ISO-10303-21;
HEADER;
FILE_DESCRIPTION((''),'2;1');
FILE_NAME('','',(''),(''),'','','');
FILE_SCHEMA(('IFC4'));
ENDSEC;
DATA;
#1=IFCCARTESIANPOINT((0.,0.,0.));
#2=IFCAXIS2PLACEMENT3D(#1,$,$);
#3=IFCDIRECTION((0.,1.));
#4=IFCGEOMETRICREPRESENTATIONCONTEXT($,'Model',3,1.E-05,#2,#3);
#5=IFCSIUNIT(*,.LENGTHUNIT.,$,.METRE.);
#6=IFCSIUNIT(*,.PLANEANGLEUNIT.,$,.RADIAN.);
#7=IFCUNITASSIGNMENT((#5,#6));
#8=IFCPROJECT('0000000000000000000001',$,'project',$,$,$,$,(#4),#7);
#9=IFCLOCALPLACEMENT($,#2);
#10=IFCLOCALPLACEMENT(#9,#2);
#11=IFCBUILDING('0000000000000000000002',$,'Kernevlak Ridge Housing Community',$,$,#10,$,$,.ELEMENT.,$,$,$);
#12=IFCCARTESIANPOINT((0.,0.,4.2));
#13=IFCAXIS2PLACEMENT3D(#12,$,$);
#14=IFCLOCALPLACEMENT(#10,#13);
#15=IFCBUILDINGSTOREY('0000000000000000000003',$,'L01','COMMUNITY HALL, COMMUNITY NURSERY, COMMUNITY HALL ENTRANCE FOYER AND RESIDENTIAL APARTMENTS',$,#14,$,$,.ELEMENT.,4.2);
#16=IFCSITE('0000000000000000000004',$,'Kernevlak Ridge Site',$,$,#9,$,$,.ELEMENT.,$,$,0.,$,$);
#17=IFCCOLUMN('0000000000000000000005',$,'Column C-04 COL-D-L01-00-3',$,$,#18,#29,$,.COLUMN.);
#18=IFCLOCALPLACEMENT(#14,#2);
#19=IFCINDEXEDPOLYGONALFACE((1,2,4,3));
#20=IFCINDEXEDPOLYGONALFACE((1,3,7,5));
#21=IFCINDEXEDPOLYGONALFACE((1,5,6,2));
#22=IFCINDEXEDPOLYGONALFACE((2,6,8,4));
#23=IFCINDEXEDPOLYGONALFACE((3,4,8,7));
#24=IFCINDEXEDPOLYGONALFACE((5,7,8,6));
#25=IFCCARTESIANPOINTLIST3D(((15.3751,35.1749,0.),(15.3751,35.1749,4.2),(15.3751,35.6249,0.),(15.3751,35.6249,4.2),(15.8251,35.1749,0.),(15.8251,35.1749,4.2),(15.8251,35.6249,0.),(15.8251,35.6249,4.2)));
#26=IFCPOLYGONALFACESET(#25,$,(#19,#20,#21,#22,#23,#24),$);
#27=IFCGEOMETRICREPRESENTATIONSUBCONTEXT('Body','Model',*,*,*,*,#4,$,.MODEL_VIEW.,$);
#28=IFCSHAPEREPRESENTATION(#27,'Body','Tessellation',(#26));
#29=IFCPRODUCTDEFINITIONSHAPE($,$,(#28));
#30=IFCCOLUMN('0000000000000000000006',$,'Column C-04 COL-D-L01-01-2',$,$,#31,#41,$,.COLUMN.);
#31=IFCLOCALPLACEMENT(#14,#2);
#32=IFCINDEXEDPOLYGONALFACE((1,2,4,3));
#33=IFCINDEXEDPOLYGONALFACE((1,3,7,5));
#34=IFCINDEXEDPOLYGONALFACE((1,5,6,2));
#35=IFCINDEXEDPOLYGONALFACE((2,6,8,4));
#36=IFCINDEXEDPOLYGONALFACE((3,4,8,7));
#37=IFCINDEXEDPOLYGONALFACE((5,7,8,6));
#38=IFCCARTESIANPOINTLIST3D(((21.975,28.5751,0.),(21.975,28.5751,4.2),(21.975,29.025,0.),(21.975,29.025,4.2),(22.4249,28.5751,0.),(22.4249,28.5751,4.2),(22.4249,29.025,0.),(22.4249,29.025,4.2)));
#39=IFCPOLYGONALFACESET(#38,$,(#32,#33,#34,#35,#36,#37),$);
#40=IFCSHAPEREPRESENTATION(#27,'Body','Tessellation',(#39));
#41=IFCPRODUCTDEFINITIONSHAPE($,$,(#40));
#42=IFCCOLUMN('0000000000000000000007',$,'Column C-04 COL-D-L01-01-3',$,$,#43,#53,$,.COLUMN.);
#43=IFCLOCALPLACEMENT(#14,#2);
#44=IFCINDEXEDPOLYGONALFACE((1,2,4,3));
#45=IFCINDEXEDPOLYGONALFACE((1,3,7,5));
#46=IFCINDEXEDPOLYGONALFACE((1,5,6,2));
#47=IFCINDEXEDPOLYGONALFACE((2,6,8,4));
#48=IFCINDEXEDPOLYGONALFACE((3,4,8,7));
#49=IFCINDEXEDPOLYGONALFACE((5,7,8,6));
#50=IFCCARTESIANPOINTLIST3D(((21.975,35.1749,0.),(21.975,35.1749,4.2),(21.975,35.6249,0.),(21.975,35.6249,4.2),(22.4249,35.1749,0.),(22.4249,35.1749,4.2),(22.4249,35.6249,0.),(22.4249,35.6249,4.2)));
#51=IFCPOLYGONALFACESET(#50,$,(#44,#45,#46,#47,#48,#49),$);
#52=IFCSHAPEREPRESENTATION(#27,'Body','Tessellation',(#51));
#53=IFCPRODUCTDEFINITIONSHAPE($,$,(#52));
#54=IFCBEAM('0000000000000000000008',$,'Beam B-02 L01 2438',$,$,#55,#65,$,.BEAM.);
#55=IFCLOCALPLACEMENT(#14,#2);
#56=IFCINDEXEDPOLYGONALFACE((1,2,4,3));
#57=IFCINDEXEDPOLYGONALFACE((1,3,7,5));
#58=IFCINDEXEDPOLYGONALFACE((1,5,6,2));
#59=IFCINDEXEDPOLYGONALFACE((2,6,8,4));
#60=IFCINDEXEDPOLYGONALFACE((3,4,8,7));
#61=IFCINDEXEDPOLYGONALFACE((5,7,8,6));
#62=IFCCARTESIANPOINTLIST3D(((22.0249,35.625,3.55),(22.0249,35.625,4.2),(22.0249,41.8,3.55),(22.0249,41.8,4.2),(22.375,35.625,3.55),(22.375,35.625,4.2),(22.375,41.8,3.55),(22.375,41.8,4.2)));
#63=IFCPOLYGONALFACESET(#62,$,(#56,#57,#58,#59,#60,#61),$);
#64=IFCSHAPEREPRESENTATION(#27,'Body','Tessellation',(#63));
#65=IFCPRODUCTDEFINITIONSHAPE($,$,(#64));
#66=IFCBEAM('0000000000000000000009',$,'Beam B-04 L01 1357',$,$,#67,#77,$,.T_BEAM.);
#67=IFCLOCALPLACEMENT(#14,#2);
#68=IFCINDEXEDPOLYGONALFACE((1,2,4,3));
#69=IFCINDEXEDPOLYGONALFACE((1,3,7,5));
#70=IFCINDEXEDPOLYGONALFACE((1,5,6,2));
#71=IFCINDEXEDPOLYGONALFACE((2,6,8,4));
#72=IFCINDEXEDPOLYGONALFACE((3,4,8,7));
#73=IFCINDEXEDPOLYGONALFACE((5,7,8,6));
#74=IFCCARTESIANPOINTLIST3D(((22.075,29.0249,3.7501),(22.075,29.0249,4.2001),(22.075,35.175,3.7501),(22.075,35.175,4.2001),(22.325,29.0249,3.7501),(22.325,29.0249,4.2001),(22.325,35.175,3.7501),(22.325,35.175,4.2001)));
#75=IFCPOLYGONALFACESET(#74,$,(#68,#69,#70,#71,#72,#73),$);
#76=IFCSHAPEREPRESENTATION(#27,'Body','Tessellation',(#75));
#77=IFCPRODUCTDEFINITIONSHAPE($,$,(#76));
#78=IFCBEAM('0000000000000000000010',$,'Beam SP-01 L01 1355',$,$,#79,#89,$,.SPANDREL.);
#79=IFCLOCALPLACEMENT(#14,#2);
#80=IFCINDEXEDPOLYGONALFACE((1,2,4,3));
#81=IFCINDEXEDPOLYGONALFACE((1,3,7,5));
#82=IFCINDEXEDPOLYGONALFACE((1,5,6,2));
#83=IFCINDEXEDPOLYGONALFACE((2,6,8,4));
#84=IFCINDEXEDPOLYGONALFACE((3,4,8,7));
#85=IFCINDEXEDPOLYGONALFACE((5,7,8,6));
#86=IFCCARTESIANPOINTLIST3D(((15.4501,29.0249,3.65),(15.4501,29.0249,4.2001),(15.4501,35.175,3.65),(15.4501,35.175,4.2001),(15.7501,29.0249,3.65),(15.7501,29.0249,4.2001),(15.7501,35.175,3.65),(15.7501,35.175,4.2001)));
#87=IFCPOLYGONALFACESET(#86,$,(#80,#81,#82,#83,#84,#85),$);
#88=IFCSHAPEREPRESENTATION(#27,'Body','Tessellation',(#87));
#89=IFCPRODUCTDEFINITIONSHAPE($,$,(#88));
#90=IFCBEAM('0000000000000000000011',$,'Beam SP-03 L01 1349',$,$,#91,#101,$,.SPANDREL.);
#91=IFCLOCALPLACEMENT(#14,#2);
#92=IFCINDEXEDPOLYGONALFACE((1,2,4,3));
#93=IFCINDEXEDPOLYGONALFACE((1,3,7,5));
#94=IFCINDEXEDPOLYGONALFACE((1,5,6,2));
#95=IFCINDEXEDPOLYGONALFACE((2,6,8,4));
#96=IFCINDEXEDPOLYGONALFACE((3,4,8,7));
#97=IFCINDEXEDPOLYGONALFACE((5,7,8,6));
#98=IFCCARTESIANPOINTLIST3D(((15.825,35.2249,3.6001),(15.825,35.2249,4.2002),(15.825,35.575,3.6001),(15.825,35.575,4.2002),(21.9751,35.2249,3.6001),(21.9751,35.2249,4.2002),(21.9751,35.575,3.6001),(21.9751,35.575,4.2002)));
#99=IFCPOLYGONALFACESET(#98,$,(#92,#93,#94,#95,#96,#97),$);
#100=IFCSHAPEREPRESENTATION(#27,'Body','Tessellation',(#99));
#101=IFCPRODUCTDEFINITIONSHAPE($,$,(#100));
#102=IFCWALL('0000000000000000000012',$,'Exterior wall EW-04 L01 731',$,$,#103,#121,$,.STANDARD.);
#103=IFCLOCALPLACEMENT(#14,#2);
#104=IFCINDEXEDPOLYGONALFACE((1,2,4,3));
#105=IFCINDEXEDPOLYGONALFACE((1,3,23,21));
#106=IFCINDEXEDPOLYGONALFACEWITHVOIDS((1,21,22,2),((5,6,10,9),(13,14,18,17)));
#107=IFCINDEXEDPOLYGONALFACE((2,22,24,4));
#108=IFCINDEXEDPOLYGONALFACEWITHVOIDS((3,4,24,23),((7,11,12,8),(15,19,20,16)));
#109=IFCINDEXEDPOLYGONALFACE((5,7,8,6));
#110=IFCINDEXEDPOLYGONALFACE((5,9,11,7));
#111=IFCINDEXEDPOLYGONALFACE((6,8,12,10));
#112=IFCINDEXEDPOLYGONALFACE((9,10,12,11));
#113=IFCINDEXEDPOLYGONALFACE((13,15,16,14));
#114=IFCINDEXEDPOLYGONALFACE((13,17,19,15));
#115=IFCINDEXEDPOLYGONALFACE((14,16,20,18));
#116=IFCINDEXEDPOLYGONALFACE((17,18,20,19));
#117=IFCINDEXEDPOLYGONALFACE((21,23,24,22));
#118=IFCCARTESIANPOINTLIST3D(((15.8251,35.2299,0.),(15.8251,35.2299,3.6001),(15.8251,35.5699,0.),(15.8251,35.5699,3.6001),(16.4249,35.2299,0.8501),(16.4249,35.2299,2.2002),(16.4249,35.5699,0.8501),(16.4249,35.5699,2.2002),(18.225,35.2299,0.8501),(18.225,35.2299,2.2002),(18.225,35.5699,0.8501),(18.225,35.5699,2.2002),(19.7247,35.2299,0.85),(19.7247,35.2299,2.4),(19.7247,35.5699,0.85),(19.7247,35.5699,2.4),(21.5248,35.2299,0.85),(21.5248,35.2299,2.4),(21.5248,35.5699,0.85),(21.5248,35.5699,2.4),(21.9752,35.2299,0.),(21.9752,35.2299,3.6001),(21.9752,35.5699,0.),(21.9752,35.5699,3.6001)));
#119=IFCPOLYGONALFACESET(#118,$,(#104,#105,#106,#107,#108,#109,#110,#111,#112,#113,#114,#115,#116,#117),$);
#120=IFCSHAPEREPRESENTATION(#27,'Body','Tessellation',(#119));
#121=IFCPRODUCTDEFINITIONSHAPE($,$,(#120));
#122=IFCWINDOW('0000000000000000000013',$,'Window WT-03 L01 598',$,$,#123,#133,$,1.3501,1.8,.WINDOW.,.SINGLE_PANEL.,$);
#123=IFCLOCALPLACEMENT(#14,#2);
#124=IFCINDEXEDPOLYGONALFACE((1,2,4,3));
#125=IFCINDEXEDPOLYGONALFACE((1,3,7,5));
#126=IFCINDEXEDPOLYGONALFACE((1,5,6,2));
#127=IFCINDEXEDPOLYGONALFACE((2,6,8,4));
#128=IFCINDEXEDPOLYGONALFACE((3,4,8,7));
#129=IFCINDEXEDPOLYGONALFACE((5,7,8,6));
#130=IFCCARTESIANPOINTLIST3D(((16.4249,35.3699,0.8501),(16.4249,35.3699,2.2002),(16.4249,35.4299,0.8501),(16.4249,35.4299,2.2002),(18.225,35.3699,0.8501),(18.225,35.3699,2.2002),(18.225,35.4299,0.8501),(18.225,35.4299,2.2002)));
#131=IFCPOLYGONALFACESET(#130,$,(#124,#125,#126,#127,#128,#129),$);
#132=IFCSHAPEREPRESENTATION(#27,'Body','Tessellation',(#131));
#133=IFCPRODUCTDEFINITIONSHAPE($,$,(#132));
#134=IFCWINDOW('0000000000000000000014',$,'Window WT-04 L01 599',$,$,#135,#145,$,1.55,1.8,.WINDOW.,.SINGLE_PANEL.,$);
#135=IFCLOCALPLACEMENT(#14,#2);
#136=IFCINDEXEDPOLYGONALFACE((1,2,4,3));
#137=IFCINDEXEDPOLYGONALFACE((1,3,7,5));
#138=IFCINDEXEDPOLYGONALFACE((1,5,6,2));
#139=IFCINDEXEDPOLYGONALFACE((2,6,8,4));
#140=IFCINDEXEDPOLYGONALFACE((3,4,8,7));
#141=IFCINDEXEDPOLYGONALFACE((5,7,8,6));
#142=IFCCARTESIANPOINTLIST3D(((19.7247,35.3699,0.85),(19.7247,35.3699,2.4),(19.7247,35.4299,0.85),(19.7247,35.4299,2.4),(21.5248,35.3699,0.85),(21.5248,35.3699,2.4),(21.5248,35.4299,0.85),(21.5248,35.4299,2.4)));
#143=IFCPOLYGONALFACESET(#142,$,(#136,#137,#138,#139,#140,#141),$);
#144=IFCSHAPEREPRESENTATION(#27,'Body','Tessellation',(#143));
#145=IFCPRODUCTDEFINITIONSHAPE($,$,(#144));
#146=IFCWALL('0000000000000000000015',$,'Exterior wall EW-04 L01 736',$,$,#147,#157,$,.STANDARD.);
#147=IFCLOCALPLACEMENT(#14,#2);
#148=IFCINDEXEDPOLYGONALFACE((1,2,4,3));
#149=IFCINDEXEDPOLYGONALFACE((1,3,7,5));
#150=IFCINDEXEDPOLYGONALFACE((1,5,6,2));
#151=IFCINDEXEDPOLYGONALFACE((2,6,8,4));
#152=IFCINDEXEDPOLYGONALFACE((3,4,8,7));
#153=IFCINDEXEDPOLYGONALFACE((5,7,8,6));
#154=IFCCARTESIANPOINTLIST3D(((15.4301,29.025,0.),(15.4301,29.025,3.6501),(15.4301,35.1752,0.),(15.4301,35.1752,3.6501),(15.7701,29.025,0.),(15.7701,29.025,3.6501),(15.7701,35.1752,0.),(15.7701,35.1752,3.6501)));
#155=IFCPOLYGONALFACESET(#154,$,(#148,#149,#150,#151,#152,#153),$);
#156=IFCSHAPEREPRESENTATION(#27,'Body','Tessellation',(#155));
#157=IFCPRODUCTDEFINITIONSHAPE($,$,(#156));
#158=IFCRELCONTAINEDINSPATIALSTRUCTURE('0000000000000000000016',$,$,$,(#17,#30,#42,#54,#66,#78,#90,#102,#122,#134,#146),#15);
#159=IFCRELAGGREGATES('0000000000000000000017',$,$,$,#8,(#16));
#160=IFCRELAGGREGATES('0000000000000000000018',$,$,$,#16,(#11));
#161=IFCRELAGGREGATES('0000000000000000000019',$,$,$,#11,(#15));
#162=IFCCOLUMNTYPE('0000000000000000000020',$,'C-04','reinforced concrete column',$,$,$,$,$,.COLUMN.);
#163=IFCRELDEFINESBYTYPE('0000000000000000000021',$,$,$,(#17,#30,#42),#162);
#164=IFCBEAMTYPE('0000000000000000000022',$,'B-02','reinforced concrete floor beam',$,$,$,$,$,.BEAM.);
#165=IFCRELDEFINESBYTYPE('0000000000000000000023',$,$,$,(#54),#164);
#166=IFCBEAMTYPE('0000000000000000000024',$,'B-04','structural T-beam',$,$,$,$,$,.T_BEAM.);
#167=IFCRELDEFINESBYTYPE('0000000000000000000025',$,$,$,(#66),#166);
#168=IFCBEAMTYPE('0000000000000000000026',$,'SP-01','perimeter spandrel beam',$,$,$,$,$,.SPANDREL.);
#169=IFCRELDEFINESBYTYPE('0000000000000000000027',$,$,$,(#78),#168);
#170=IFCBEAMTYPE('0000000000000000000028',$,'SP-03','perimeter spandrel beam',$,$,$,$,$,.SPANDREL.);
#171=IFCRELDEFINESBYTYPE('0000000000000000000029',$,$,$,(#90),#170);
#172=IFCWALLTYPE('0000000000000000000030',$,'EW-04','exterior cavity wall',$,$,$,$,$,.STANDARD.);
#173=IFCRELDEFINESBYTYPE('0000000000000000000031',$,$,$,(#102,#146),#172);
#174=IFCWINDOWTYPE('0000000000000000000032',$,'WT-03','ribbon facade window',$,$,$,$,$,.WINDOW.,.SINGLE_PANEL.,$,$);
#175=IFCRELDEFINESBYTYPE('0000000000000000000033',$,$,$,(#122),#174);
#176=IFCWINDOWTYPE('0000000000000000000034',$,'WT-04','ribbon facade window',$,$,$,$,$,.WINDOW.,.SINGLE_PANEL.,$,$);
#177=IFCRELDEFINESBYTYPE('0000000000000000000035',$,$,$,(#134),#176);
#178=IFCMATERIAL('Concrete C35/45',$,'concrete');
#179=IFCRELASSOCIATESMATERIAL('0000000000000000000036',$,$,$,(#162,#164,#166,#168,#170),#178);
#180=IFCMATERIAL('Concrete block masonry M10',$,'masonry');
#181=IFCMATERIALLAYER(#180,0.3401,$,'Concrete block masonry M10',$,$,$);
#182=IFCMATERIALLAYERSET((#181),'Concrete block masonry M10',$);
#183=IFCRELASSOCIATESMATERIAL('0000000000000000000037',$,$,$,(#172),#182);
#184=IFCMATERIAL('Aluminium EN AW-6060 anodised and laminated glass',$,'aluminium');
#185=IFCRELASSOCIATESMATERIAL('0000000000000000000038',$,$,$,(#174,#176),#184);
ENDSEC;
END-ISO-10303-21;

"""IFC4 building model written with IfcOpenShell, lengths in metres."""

from ifc_helpers import new_model, si_unit, direction, frame, frame_2d, origin, origin_2d, place, context, subcontext, project, spatial, rectangle, extrude, material, layer, layer_set, material_profile, profile_set, type_object, element, fill, save


model = new_model("IFC4")

# Units and contexts
model_context = context("Model", 3, precision=1e-05, world=origin(), true_north=direction((0.0, 1.0)))
body_context = subcontext(model_context, "Body", "Model", "MODEL_VIEW")
ifc_project = project(units=[si_unit("LENGTHUNIT", "METRE"), si_unit("PLANEANGLEUNIT", "RADIAN")], contexts=[model_context])

# Site, building, storey
site_placement = place(None, origin())
site = spatial("IfcSite", under=ifc_project, at=site_placement, Name="Kernevlak Ridge Site", CompositionType="ELEMENT", RefElevation=0.0)
building_placement = place(site_placement, origin())
building = spatial("IfcBuilding", under=site, at=building_placement, Name="Kernevlak Ridge Housing Community", CompositionType="ELEMENT")
storey_placement = place(building_placement, frame((0.0, 0.0, 4.2)))
storey = spatial("IfcBuildingStorey", under=building, at=storey_placement, Name="L01", Description="COMMUNITY HALL, COMMUNITY NURSERY, COMMUNITY HALL ENTRANCE FOYER AND RESIDENTIAL APARTMENTS", CompositionType="ELEMENT", Elevation=4.2)

# Columns
ifc_material_1 = material(Name="Concrete C35/45", Category="concrete")
ifc_material_profile_1 = material_profile(ifc_material_1, rectangle(XDim=0.45, YDim=0.45, at=origin_2d()), Name="RC 450x450")
ifc_profile_set_1 = profile_set([ifc_material_profile_1], Name="Concrete C35/45")
column_type = type_object("IfcColumnType", Name="C-04", Description="reinforced concrete column", PredefinedType="COLUMN", material=ifc_profile_set_1)
for number, where, z_axis, x_axis, name in (
    (1, (15.6001, 35.3999, 0.0), (0.0, 0.0, 1.0), (1.0, 0.0, 0.0), "Column C-04 COL-D-L01-00-3"),
    (2, (22.2, 28.8, 0.0), (0.0, 0.0, 1.0), (1.0, 0.0, 0.0), "Column C-04 COL-D-L01-01-2"),
    (3, (22.2, 35.3999, 0.0), (0.0, 0.0, 1.0), (1.0, 0.0, 0.0), "Column C-04 COL-D-L01-01-3"),
):
    element("IfcColumn", number, at=place(storey_placement, frame(where, z_axis=z_axis, x_axis=x_axis)), inside=storey, type_object=column_type, Name=name, PredefinedType="COLUMN", context=body_context, shape_type="SweptSolid", body=[
        extrude(rectangle(XDim=0.45, YDim=0.45, at=origin_2d()), origin(), (0.0, 0.0, 1.0), 4.2),
    ])

# Beams
ifc_material_profile_2 = material_profile(ifc_material_1, rectangle(XDim=0.3501, YDim=0.6499, at=origin_2d()), Name="RC 350x650")
ifc_profile_set_2 = profile_set([ifc_material_profile_2], Name="Concrete C35/45")
beam_type_1 = type_object("IfcBeamType", Name="B-02", Description="reinforced concrete floor beam", PredefinedType="BEAM", material=ifc_profile_set_2)
beam_1_placement = place(storey_placement, frame((22.2, 35.625, 3.875), z_axis=(0.0, 1.0, 0.0), x_axis=(-1.0, 0.0, 0.0)))
element("IfcBeam", 4, at=beam_1_placement, inside=storey, type_object=beam_type_1, Name="Beam B-02 L01 2438", PredefinedType="BEAM", context=body_context, shape_type="SweptSolid", body=[
    extrude(rectangle(XDim=0.3501, YDim=0.6499, at=origin_2d()), origin(), (0.0, 0.0, 1.0), 6.175),
])
ifc_material_profile_3 = material_profile(ifc_material_1, rectangle(XDim=0.25, YDim=0.45, at=origin_2d()), Name="RC 250x450")
ifc_profile_set_3 = profile_set([ifc_material_profile_3], Name="Concrete C35/45")
beam_type_2 = type_object("IfcBeamType", Name="B-04", Description="structural T-beam", PredefinedType="T_BEAM", material=ifc_profile_set_3)
beam_2_placement = place(storey_placement, frame((22.2, 29.0249, 3.9751), z_axis=(0.0, 1.0, 0.0), x_axis=(-1.0, 0.0, 0.0)))
element("IfcBeam", 5, at=beam_2_placement, inside=storey, type_object=beam_type_2, Name="Beam B-04 L01 1357", PredefinedType="T_BEAM", context=body_context, shape_type="SweptSolid", body=[
    extrude(rectangle(XDim=0.25, YDim=0.45, at=origin_2d()), origin(), (0.0, 0.0, 1.0), 6.1501),
])
ifc_material_profile_4 = material_profile(ifc_material_1, rectangle(XDim=0.3, YDim=0.55, at=origin_2d()), Name="RC 300x550")
ifc_profile_set_4 = profile_set([ifc_material_profile_4], Name="Concrete C35/45")
beam_type_3 = type_object("IfcBeamType", Name="SP-01", Description="perimeter spandrel beam", PredefinedType="SPANDREL", material=ifc_profile_set_4)
beam_3_placement = place(storey_placement, frame((15.6001, 29.0249, 3.925), z_axis=(0.0, 1.0, 0.0), x_axis=(-1.0, 0.0, 0.0)))
element("IfcBeam", 6, at=beam_3_placement, inside=storey, type_object=beam_type_3, Name="Beam SP-01 L01 1355", PredefinedType="SPANDREL", context=body_context, shape_type="SweptSolid", body=[
    extrude(rectangle(XDim=0.3, YDim=0.55, at=origin_2d()), origin(), (0.0, 0.0, 1.0), 6.1501),
])
ifc_material_profile_5 = material_profile(ifc_material_1, rectangle(XDim=0.3501, YDim=0.6001, at=origin_2d()), Name="RC 350x600")
ifc_profile_set_5 = profile_set([ifc_material_profile_5], Name="Concrete C35/45")
beam_type_4 = type_object("IfcBeamType", Name="SP-03", Description="perimeter spandrel beam", PredefinedType="SPANDREL", material=ifc_profile_set_5)
beam_4_placement = place(storey_placement, frame((15.825, 35.3999, 3.9001), z_axis=(1.0, 0.0, 0.0), x_axis=(0.0, 1.0, 0.0)))
element("IfcBeam", 7, at=beam_4_placement, inside=storey, type_object=beam_type_4, Name="Beam SP-03 L01 1349", PredefinedType="SPANDREL", context=body_context, shape_type="SweptSolid", body=[
    extrude(rectangle(XDim=0.3501, YDim=0.6001, at=origin_2d()), origin(), (0.0, 0.0, 1.0), 6.1501),
])

# Wall, openings, windows
ifc_material_2 = material(Name="Concrete block masonry M10", Category="masonry")
ifc_layer_1 = layer(ifc_material_2, 0.3401, Name="Concrete block masonry M10")
ifc_layer_set_1 = layer_set([ifc_layer_1], Name="Concrete block masonry M10")
wall_type_1 = type_object("IfcWallType", Name="EW-04", Description="exterior cavity wall", PredefinedType="STANDARD", material=ifc_layer_set_1)
wall_1_placement = place(storey_placement, frame((15.825, 35.3999, 0.0), z_axis=(0.0, 0.0, 1.0), x_axis=(1.0, 0.0, 0.0)))
wall_1 = element("IfcWall", 8, at=wall_1_placement, inside=storey, type_object=wall_type_1, Name="Exterior wall EW-04 L01 731", PredefinedType="STANDARD", context=body_context, shape_type="SweptSolid", body=[
    extrude(rectangle(XDim=6.1501, YDim=0.3401, at=frame_2d((3.0752, 0.0))), origin(), (0.0, 0.0, 1.0), 3.6001),
])
opening_1_placement = place(wall_1_placement, frame((0.6001, 0.0, 0.8501)))
opening_1 = element("IfcOpeningElement", 9, at=opening_1_placement, cuts=wall_1, PredefinedType="OPENING", context=body_context, shape_type="SweptSolid", body=[
    extrude(rectangle(XDim=1.8, YDim=1.3501, at=frame_2d((0.8999, 0.675))), frame((0.0, 0.1799, 0.0), z_axis=(0.0, -1.0, 0.0), x_axis=(1.0, 0.0, 0.0)), (0.0, 0.0, 1.0), 0.3601),
])
opening_2_placement = place(wall_1_placement, frame((3.8999, 0.0, 0.8501)))
opening_2 = element("IfcOpeningElement", 10, at=opening_2_placement, cuts=wall_1, PredefinedType="OPENING", context=body_context, shape_type="SweptSolid", body=[
    extrude(rectangle(XDim=1.8, YDim=1.55, at=frame_2d((0.8999, 0.7749))), frame((0.0, 0.1799, 0.0), z_axis=(0.0, -1.0, 0.0), x_axis=(1.0, 0.0, 0.0)), (0.0, 0.0, 1.0), 0.3601),
])
ifc_material_3 = material(Name="Aluminium EN AW-6060 anodised and laminated glass", Category="aluminium")
window_type_1 = type_object("IfcWindowType", Name="WT-03", Description="ribbon facade window", PartitioningType="SINGLE_PANEL", PredefinedType="WINDOW", material=ifc_material_3)
window_1_placement = place(opening_1_placement, origin())
window_1 = element("IfcWindow", 11, at=window_1_placement, inside=storey, type_object=window_type_1, Name="Window WT-03 L01 598", OverallHeight=1.3501, OverallWidth=1.8, PartitioningType="SINGLE_PANEL", PredefinedType="WINDOW", context=body_context, shape_type="SweptSolid", body=[
    extrude(rectangle(XDim=1.8, YDim=1.3501, at=frame_2d((0.8999, 0.675))), frame((0.0, 0.03, 0.0), z_axis=(0.0, -1.0, 0.0), x_axis=(1.0, 0.0, 0.0)), (0.0, 0.0, 1.0), 0.0601),
])
fill(opening_1, window_1)
window_type_2 = type_object("IfcWindowType", Name="WT-04", Description="ribbon facade window", PartitioningType="SINGLE_PANEL", PredefinedType="WINDOW", material=ifc_material_3)
window_2_placement = place(opening_2_placement, origin())
window_2 = element("IfcWindow", 12, at=window_2_placement, inside=storey, type_object=window_type_2, Name="Window WT-04 L01 599", OverallHeight=1.55, OverallWidth=1.8, PartitioningType="SINGLE_PANEL", PredefinedType="WINDOW", context=body_context, shape_type="SweptSolid", body=[
    extrude(rectangle(XDim=1.8, YDim=1.55, at=frame_2d((0.8999, 0.7749))), frame((0.0, 0.03, 0.0), z_axis=(0.0, -1.0, 0.0), x_axis=(1.0, 0.0, 0.0)), (0.0, 0.0, 1.0), 0.0601),
])
fill(opening_2, window_2)

# Wall
wall_2_placement = place(storey_placement, frame((15.6001, 29.0249, 0.0), z_axis=(0.0, 0.0, 1.0), x_axis=(0.0, 1.0, 0.0)))
element("IfcWall", 13, at=wall_2_placement, inside=storey, type_object=wall_type_1, Name="Exterior wall EW-04 L01 736", PredefinedType="STANDARD", context=body_context, shape_type="SweptSolid", body=[
    extrude(rectangle(XDim=6.1501, YDim=0.3401, at=frame_2d((3.0752, 0.0))), origin(), (0.0, 0.0, 1.0), 3.6501),
])

save(model, "model.ifc")
